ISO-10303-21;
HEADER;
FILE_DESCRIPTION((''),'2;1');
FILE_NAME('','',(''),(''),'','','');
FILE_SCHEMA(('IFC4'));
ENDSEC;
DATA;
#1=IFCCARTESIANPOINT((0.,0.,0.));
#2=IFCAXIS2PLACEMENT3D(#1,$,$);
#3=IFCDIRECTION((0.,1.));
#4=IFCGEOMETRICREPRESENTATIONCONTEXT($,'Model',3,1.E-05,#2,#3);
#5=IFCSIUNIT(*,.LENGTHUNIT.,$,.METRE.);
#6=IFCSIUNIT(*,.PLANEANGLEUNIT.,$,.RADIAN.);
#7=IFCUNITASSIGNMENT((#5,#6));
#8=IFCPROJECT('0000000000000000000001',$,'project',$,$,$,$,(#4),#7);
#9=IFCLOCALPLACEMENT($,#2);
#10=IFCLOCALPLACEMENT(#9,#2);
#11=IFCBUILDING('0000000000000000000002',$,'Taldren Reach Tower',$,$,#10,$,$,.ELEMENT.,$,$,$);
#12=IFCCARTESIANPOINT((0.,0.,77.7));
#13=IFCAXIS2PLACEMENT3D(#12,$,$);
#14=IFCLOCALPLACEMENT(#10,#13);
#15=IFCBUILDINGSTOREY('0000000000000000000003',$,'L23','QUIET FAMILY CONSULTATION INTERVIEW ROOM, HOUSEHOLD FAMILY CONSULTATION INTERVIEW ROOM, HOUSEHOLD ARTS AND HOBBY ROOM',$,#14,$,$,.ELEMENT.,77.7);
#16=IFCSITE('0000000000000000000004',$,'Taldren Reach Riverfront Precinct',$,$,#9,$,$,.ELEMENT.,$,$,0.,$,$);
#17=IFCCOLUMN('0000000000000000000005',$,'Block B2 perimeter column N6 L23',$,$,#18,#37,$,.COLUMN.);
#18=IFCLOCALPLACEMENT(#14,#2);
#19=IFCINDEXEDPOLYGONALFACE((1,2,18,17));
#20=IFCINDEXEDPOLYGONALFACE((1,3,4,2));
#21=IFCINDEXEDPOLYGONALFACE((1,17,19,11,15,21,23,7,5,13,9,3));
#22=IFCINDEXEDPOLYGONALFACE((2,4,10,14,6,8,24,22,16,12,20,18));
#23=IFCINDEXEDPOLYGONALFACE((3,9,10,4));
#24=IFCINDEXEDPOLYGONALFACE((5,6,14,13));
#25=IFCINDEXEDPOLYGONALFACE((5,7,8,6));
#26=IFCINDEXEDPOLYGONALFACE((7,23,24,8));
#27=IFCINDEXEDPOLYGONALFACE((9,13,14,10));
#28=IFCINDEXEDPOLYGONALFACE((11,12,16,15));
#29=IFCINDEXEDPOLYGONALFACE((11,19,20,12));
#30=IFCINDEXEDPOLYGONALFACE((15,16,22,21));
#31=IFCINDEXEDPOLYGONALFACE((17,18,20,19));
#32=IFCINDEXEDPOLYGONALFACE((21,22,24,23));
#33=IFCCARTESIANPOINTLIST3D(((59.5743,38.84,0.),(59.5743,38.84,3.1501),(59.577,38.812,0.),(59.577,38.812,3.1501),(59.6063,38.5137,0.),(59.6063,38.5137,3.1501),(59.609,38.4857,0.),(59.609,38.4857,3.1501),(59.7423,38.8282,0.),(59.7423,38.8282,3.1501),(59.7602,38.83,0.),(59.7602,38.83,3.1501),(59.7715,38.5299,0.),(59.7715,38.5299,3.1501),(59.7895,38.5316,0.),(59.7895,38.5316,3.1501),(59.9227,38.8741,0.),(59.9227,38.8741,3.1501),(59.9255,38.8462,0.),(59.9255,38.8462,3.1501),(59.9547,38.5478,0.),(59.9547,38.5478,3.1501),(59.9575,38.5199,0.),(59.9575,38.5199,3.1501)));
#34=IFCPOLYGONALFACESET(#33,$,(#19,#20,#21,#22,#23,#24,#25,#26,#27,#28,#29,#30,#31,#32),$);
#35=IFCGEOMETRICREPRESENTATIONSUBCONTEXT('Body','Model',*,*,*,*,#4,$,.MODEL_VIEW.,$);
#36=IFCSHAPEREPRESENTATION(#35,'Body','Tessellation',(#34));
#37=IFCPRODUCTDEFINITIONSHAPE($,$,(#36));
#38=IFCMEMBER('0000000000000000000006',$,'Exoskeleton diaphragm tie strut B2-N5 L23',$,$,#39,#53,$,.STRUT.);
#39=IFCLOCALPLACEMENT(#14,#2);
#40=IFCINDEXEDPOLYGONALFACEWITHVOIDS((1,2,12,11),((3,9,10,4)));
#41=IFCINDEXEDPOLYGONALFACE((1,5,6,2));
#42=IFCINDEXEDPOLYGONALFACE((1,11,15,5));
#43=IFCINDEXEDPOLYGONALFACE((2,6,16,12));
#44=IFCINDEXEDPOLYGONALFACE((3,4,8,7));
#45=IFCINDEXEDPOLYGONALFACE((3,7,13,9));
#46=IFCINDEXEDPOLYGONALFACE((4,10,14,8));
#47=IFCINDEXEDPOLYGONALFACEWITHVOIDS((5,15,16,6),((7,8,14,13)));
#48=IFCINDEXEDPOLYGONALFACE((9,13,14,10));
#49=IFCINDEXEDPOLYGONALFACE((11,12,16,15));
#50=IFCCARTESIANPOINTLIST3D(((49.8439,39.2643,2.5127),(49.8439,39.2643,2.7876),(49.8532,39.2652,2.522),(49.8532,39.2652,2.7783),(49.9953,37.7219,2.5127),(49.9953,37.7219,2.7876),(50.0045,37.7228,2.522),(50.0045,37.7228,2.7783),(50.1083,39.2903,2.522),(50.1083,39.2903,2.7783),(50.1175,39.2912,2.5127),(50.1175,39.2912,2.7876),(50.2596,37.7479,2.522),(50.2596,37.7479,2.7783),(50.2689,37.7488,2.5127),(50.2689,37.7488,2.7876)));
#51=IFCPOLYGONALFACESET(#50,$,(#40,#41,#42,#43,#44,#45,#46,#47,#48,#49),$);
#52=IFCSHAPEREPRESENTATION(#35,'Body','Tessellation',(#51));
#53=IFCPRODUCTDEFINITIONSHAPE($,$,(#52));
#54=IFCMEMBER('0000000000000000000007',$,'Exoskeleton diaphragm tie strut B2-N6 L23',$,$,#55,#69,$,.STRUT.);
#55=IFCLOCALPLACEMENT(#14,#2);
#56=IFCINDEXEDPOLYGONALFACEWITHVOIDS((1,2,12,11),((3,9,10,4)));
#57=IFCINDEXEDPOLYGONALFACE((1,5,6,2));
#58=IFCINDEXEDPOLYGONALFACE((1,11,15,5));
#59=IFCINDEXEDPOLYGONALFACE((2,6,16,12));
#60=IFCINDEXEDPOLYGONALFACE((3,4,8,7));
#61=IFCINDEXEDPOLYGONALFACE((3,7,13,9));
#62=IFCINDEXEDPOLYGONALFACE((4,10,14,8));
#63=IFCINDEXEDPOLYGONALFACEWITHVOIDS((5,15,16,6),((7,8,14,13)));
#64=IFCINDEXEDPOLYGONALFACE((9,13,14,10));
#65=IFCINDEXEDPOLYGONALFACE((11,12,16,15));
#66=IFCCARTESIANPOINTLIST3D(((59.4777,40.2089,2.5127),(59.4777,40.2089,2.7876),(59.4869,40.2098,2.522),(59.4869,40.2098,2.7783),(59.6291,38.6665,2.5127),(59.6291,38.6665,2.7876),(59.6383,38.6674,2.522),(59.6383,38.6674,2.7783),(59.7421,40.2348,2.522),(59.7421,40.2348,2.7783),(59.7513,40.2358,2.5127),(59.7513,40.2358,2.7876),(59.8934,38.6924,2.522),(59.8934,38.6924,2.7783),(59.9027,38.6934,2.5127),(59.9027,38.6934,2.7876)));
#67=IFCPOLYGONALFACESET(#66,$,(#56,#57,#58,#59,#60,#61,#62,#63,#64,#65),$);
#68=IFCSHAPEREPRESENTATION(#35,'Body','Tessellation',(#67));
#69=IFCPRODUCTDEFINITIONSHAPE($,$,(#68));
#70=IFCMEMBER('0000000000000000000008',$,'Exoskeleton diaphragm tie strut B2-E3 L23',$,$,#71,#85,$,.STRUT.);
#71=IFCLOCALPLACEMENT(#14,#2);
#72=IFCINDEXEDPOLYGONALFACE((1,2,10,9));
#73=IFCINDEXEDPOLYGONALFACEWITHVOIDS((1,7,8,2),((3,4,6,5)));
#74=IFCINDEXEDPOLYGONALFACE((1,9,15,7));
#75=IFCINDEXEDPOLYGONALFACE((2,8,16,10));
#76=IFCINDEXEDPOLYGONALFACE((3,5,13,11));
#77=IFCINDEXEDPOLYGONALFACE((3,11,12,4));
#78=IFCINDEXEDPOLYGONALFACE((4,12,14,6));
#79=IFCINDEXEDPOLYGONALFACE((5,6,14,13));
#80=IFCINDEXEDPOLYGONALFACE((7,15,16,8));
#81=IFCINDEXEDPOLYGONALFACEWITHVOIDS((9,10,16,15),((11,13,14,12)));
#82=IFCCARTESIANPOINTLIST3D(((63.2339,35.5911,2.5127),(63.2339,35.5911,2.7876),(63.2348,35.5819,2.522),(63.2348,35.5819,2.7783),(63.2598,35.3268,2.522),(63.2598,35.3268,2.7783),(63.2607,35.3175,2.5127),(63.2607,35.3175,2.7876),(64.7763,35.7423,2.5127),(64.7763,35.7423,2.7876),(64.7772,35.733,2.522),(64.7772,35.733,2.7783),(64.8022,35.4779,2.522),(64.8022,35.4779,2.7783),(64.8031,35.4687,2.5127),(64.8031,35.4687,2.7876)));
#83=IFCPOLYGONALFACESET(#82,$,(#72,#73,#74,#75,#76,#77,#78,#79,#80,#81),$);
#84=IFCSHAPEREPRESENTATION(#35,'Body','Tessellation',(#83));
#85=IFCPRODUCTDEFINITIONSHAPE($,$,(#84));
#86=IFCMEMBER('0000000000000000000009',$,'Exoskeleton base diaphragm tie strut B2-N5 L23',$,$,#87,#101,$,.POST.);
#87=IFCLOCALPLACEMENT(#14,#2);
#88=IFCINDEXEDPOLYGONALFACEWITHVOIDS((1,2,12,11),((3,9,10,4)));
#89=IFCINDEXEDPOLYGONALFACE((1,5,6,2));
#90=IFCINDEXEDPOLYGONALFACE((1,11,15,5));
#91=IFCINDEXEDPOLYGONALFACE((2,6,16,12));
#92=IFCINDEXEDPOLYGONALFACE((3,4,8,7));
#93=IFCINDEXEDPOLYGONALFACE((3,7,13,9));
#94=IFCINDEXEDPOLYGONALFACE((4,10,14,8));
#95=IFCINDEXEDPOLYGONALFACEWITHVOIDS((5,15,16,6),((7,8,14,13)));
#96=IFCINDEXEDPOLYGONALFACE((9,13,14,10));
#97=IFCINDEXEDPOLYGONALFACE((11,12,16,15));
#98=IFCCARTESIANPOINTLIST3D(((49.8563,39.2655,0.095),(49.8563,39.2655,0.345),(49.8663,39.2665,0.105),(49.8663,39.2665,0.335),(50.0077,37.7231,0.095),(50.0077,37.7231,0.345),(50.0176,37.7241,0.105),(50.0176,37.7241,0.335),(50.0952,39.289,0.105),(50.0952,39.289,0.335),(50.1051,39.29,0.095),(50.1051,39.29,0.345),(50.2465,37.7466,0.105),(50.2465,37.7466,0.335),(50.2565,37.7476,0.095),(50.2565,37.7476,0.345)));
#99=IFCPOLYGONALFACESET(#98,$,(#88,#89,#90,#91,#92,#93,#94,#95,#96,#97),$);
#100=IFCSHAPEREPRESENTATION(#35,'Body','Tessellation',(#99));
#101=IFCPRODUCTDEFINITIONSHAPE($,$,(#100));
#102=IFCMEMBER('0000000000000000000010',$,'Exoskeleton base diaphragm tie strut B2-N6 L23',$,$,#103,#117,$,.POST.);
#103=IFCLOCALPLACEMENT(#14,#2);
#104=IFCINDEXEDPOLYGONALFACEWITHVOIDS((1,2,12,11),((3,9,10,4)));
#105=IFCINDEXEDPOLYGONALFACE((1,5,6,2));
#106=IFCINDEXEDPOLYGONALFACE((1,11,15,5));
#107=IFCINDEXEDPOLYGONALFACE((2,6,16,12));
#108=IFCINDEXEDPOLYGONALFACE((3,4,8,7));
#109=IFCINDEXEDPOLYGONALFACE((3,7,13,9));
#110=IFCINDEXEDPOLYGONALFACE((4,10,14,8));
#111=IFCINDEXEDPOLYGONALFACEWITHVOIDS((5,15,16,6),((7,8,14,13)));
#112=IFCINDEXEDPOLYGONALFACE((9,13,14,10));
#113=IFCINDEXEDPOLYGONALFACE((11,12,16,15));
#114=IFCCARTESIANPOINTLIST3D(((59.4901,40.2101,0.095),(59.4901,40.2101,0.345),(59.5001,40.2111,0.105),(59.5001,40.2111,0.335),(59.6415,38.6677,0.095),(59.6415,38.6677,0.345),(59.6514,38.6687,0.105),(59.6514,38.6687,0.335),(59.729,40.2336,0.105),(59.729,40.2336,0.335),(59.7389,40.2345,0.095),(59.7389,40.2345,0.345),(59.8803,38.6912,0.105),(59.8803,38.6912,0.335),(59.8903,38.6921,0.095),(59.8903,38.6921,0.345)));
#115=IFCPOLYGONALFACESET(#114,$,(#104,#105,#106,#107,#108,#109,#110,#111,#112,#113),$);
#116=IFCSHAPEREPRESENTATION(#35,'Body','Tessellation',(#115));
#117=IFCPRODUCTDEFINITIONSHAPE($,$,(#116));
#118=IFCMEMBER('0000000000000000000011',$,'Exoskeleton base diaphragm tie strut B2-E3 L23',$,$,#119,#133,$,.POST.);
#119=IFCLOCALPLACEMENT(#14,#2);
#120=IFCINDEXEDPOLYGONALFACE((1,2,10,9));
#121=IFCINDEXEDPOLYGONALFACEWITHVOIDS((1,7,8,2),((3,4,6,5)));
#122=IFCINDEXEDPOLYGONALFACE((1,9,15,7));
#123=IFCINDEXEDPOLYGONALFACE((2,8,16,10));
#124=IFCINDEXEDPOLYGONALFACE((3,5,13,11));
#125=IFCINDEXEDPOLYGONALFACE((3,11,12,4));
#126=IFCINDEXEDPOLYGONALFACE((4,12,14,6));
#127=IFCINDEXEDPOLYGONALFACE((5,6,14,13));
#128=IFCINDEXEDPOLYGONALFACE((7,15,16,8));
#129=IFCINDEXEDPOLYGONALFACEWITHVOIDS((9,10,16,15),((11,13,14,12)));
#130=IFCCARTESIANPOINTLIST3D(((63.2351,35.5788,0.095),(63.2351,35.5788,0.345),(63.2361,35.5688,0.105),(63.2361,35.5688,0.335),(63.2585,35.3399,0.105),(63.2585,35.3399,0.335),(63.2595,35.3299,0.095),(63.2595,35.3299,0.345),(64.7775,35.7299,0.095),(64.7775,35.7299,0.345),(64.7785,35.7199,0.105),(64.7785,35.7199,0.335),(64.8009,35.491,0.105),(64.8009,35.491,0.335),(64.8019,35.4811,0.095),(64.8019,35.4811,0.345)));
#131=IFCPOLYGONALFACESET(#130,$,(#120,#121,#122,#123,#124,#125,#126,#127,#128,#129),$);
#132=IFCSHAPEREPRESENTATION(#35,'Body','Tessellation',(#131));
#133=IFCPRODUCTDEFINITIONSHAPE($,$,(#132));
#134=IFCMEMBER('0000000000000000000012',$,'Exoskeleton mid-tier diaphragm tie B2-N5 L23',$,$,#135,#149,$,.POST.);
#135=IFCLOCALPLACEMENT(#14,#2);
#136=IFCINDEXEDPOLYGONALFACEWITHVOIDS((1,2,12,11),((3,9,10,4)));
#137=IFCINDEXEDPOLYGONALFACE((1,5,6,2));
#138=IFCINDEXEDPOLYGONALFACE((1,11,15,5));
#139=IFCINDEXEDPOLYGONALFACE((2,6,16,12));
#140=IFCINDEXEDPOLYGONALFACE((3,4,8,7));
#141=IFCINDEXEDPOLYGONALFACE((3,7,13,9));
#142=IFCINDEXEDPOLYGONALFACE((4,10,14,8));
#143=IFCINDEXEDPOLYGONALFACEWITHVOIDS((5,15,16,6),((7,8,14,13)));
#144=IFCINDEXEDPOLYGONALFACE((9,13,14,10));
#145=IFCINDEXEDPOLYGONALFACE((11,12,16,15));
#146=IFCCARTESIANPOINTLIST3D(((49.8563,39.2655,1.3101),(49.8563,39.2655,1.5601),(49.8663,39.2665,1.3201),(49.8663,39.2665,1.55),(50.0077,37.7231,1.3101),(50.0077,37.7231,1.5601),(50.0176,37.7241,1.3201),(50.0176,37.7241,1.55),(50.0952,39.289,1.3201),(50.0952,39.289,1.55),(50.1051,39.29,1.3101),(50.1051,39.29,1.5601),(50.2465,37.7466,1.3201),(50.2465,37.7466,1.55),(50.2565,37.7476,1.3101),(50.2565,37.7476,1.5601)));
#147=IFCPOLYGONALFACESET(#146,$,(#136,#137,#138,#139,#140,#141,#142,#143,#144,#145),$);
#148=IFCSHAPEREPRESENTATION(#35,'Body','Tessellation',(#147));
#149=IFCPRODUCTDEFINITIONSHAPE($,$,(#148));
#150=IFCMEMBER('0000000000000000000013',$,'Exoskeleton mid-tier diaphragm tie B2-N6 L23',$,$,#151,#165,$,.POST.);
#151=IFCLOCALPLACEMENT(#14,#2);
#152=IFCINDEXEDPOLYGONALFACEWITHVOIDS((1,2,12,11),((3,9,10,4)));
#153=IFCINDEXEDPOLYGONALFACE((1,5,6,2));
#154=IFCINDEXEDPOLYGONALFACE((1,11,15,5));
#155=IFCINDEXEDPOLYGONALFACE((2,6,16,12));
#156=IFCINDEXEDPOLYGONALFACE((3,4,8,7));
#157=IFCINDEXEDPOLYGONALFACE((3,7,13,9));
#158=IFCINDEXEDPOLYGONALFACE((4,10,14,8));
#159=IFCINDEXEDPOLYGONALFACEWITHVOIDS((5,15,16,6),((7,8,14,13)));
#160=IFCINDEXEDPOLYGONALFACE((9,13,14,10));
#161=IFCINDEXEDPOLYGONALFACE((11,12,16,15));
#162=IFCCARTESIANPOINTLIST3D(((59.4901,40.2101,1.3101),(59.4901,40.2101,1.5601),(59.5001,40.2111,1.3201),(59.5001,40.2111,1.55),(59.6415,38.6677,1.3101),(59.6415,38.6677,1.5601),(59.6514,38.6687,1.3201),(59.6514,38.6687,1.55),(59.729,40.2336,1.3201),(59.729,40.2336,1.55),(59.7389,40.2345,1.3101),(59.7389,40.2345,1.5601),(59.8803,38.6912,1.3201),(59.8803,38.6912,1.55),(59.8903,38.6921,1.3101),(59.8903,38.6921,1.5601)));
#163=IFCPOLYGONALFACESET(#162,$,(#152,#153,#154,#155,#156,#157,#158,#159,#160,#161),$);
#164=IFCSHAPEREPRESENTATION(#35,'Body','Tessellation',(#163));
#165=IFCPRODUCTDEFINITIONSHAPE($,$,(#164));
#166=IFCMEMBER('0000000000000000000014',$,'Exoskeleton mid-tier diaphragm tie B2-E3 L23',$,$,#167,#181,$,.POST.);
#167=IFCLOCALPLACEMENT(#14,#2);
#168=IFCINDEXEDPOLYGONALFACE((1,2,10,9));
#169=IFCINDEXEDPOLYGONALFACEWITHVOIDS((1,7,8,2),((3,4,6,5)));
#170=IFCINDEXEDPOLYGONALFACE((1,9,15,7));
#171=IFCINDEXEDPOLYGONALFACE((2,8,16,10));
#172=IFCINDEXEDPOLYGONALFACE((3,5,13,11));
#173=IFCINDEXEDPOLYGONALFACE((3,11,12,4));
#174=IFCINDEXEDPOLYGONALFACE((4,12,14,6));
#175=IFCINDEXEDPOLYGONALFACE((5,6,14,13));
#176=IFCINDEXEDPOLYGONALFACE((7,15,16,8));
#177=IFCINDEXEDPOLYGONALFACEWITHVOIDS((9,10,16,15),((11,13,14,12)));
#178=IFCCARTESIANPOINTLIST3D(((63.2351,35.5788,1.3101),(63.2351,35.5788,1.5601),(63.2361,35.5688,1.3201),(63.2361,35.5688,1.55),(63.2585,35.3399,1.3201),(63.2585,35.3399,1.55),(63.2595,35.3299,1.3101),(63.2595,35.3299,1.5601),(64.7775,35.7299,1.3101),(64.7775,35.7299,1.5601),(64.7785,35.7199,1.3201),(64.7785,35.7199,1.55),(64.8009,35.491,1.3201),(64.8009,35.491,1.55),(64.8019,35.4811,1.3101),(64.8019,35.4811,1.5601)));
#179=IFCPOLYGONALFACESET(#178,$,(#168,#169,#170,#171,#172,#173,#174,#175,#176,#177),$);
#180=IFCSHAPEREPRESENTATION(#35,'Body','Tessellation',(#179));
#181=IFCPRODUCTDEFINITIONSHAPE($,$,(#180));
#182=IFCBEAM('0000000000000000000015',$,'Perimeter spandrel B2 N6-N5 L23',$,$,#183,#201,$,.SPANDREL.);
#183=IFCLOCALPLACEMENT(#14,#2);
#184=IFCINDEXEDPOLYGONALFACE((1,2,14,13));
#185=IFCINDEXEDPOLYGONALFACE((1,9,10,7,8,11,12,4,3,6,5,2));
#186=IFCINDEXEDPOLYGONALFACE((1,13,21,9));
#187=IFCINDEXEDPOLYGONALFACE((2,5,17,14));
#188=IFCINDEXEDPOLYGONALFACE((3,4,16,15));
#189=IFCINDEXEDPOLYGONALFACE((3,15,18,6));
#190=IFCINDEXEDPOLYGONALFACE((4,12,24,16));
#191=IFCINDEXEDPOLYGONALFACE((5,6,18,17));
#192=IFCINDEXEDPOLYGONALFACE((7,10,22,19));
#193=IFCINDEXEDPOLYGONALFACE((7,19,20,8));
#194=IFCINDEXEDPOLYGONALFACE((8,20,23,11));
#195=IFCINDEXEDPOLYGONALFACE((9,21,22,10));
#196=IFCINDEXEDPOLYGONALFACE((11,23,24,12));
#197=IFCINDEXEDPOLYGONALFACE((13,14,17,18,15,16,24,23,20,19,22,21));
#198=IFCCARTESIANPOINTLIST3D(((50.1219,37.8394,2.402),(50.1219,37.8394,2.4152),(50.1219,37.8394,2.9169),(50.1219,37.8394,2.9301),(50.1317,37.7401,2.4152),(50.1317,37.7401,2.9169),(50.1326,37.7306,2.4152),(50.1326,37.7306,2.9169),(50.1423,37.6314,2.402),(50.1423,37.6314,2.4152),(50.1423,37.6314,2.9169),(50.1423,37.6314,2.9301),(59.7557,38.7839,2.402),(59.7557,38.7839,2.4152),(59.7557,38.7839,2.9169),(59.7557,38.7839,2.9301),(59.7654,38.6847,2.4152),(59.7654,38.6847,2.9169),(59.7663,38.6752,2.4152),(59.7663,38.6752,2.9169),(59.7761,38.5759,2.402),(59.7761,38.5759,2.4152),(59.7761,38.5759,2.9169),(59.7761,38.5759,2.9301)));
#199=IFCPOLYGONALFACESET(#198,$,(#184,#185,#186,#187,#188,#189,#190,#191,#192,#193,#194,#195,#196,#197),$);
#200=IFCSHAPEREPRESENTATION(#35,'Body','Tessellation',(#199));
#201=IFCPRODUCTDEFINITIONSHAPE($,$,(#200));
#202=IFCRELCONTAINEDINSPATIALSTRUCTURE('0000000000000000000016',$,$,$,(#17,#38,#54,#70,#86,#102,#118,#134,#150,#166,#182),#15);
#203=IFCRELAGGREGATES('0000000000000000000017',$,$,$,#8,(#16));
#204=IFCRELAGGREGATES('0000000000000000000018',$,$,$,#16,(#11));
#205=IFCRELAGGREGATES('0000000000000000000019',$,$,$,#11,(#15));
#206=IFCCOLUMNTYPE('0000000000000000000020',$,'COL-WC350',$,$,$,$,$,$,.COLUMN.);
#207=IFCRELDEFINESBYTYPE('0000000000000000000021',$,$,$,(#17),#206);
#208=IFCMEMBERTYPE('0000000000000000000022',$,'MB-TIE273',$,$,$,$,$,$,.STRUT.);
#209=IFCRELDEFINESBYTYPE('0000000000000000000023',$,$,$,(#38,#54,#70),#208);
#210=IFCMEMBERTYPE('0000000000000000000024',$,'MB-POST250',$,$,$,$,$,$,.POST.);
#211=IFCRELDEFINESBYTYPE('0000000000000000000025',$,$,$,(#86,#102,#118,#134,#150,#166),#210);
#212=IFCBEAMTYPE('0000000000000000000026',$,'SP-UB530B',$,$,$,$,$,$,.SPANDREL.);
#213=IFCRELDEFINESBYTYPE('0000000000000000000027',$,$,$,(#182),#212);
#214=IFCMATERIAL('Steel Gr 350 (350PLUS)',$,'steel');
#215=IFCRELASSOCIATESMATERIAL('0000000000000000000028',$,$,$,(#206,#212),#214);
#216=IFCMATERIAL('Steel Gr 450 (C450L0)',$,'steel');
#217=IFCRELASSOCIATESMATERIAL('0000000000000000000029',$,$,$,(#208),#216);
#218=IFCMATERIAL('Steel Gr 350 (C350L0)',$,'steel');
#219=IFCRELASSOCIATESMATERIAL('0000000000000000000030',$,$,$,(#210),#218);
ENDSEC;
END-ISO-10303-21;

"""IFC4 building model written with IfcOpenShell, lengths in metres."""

from ifc_helpers import new_model, si_unit, direction, frame, origin, origin_2d, place, context, subcontext, project, spatial, hollow_rectangle, i_section, extrude, source, transform, mapped, material, material_profile, profile_set, type_object, element, save


model = new_model("IFC4")

# Units and contexts
model_context = context("Model", 3, precision=1e-05, world=origin(), true_north=direction((0.0, 1.0)))
body_context = subcontext(model_context, "Body", "Model", "MODEL_VIEW")
ifc_project = project(units=[si_unit("LENGTHUNIT", "METRE"), si_unit("PLANEANGLEUNIT", "RADIAN")], contexts=[model_context])

# Site, building, storey
site_placement = place(None, origin())
site = spatial("IfcSite", under=ifc_project, at=site_placement, Name="Taldren Reach Riverfront Precinct", CompositionType="ELEMENT", RefElevation=0.0)
building_placement = place(site_placement, origin())
building = spatial("IfcBuilding", under=site, at=building_placement, Name="Taldren Reach Tower", CompositionType="ELEMENT")
storey_placement = place(building_placement, frame((0.0, 0.0, 77.7)))
storey = spatial("IfcBuildingStorey", under=building, at=storey_placement, Name="L23", Description="QUIET FAMILY CONSULTATION INTERVIEW ROOM, HOUSEHOLD FAMILY CONSULTATION INTERVIEW ROOM, HOUSEHOLD ARTS AND HOBBY ROOM", CompositionType="ELEMENT", Elevation=77.7)

# Column
ifc_material_1 = material(Name="Steel Gr 350 (350PLUS)", Category="steel")
ifc_material_profile_1 = material_profile(ifc_material_1, i_section(OverallWidth=0.3501, OverallDepth=0.356, WebThickness=0.0181, FlangeThickness=0.0281, at=origin_2d()), Name="350WC197")
ifc_profile_set_1 = profile_set([ifc_material_profile_1], Name="Steel Gr 350 (350PLUS)")
column_type = type_object("IfcColumnType", Name="COL-WC350", PredefinedType="COLUMN", material=ifc_profile_set_1)
shared_shape_1 = source(origin(), body_context, "Body", "SweptSolid", [
    extrude(i_section(OverallWidth=0.3501, OverallDepth=0.356, WebThickness=0.0181, FlangeThickness=0.0281, at=origin_2d()), origin(), (0.0, 0.0, 1.0), 3.1501),
])
column_placement = place(storey_placement, frame((59.7659, 38.6799, 0.0), z_axis=(0.0, 0.0, 1.0), x_axis=(0.995227, 0.097583, 0.0)))
element("IfcColumn", 1, at=column_placement, inside=storey, type_object=column_type, Name="Block B2 perimeter column N6 L23", PredefinedType="COLUMN", context=body_context, shape_type="MappedRepresentation", body=[
    mapped(shared_shape_1, transform((0.0, 0.0, 0.0), scale=1.0)),
])

# Members
ifc_material_2 = material(Name="Steel Gr 450 (C450L0)", Category="steel")
ifc_material_profile_2 = material_profile(ifc_material_2, hollow_rectangle(XDim=0.2749, YDim=0.2749, WallThickness=0.0093, at=origin_2d()), Name="275x275x9.3SHS")
ifc_profile_set_2 = profile_set([ifc_material_profile_2], Name="Steel Gr 450 (C450L0)")
member_type_1 = type_object("IfcMemberType", Name="MB-TIE273", PredefinedType="STRUT", material=ifc_profile_set_2)
shared_shape_2 = source(origin(), body_context, "Body", "SweptSolid", [
    extrude(hollow_rectangle(XDim=0.2749, YDim=0.2749, WallThickness=0.0093, at=origin_2d()), origin(), (0.0, 0.0, 1.0), 1.5498),
])
for number, where, z_axis, x_axis, name in (
    (2, (50.1321, 37.7354, 2.6501), (-0.097663, 0.99522, 0.0), (-0.99522, -0.097663, 0.0), "Exoskeleton diaphragm tie strut B2-N5 L23"),
    (3, (59.7659, 38.6799, 2.6501), (-0.097663, 0.99522, 0.0), (-0.99522, -0.097663, 0.0), "Exoskeleton diaphragm tie strut B2-N6 L23"),
    (4, (63.2473, 35.4543, 2.6501), (0.995235, 0.097507, 0.0), (-0.097507, 0.995235, 0.0), "Exoskeleton diaphragm tie strut B2-E3 L23"),
):
    element("IfcMember", number, at=place(storey_placement, frame(where, z_axis=z_axis, x_axis=x_axis)), inside=storey, type_object=member_type_1, Name=name, PredefinedType="STRUT", context=body_context, shape_type="MappedRepresentation", body=[
        mapped(shared_shape_2, transform((0.0, 0.0, 0.0), scale=1.0)),
    ])
ifc_material_3 = material(Name="Steel Gr 350 (C350L0)", Category="steel")
ifc_material_profile_3 = material_profile(ifc_material_3, hollow_rectangle(XDim=0.25, YDim=0.25, WallThickness=0.01, at=origin_2d()), Name="250x250x10.0SHS")
ifc_profile_set_3 = profile_set([ifc_material_profile_3], Name="Steel Gr 350 (C350L0)")
member_type_2 = type_object("IfcMemberType", Name="MB-POST250", PredefinedType="POST", material=ifc_profile_set_3)
shared_shape_3 = source(origin(), body_context, "Body", "SweptSolid", [
    extrude(hollow_rectangle(XDim=0.25, YDim=0.25, WallThickness=0.01, at=origin_2d()), origin(), (0.0, 0.0, 1.0), 1.5498),
])
for number, where, z_axis, x_axis, name in (
    (5, (50.1321, 37.7354, 0.22), (-0.097663, 0.99522, 0.0), (-0.99522, -0.097663, 0.0), "Exoskeleton base diaphragm tie strut B2-N5 L23"),
    (6, (59.7659, 38.6799, 0.22), (-0.097663, 0.99522, 0.0), (-0.99522, -0.097663, 0.0), "Exoskeleton base diaphragm tie strut B2-N6 L23"),
    (7, (63.2473, 35.4543, 0.22), (0.995235, 0.097507, 0.0), (-0.097507, 0.995235, 0.0), "Exoskeleton base diaphragm tie strut B2-E3 L23"),
    (8, (50.1321, 37.7354, 1.4351), (-0.097663, 0.99522, 0.0), (-0.99522, -0.097663, 0.0), "Exoskeleton mid-tier diaphragm tie B2-N5 L23"),
    (9, (59.7659, 38.6799, 1.4351), (-0.097663, 0.99522, 0.0), (-0.99522, -0.097663, 0.0), "Exoskeleton mid-tier diaphragm tie B2-N6 L23"),
    (10, (63.2473, 35.4543, 1.4351), (0.995235, 0.097507, 0.0), (-0.097507, 0.995235, 0.0), "Exoskeleton mid-tier diaphragm tie B2-E3 L23"),
):
    element("IfcMember", number, at=place(storey_placement, frame(where, z_axis=z_axis, x_axis=x_axis)), inside=storey, type_object=member_type_2, Name=name, PredefinedType="POST", context=body_context, shape_type="MappedRepresentation", body=[
        mapped(shared_shape_3, transform((0.0, 0.0, 0.0), scale=1.0)),
    ])

# Beam
ifc_material_profile_4 = material_profile(ifc_material_1, i_section(OverallWidth=0.209, OverallDepth=0.5281, WebThickness=0.0095, FlangeThickness=0.0132, at=origin_2d()), Name="530UB82.0")
ifc_profile_set_4 = profile_set([ifc_material_profile_4], Name="Steel Gr 350 (350PLUS)")
beam_type = type_object("IfcBeamType", Name="SP-UB530B", PredefinedType="SPANDREL", material=ifc_profile_set_4)
shared_shape_4 = source(origin(), body_context, "Body", "SweptSolid", [
    extrude(i_section(OverallWidth=0.209, OverallDepth=0.5281, WebThickness=0.0095, FlangeThickness=0.0132, at=origin_2d()), origin(), (0.0, 0.0, 1.0), 9.6799),
])
beam_placement = place(storey_placement, frame((59.7659, 38.6799, 2.666), z_axis=(-0.995228, -0.097581, 0.0), x_axis=(0.097581, -0.995228, 0.0)))
element("IfcBeam", 11, at=beam_placement, inside=storey, type_object=beam_type, Name="Perimeter spandrel B2 N6-N5 L23", PredefinedType="SPANDREL", context=body_context, shape_type="MappedRepresentation", body=[
    mapped(shared_shape_4, transform((0.0, 0.0, 0.0), scale=1.0)),
])

save(model, "model.ifc")
